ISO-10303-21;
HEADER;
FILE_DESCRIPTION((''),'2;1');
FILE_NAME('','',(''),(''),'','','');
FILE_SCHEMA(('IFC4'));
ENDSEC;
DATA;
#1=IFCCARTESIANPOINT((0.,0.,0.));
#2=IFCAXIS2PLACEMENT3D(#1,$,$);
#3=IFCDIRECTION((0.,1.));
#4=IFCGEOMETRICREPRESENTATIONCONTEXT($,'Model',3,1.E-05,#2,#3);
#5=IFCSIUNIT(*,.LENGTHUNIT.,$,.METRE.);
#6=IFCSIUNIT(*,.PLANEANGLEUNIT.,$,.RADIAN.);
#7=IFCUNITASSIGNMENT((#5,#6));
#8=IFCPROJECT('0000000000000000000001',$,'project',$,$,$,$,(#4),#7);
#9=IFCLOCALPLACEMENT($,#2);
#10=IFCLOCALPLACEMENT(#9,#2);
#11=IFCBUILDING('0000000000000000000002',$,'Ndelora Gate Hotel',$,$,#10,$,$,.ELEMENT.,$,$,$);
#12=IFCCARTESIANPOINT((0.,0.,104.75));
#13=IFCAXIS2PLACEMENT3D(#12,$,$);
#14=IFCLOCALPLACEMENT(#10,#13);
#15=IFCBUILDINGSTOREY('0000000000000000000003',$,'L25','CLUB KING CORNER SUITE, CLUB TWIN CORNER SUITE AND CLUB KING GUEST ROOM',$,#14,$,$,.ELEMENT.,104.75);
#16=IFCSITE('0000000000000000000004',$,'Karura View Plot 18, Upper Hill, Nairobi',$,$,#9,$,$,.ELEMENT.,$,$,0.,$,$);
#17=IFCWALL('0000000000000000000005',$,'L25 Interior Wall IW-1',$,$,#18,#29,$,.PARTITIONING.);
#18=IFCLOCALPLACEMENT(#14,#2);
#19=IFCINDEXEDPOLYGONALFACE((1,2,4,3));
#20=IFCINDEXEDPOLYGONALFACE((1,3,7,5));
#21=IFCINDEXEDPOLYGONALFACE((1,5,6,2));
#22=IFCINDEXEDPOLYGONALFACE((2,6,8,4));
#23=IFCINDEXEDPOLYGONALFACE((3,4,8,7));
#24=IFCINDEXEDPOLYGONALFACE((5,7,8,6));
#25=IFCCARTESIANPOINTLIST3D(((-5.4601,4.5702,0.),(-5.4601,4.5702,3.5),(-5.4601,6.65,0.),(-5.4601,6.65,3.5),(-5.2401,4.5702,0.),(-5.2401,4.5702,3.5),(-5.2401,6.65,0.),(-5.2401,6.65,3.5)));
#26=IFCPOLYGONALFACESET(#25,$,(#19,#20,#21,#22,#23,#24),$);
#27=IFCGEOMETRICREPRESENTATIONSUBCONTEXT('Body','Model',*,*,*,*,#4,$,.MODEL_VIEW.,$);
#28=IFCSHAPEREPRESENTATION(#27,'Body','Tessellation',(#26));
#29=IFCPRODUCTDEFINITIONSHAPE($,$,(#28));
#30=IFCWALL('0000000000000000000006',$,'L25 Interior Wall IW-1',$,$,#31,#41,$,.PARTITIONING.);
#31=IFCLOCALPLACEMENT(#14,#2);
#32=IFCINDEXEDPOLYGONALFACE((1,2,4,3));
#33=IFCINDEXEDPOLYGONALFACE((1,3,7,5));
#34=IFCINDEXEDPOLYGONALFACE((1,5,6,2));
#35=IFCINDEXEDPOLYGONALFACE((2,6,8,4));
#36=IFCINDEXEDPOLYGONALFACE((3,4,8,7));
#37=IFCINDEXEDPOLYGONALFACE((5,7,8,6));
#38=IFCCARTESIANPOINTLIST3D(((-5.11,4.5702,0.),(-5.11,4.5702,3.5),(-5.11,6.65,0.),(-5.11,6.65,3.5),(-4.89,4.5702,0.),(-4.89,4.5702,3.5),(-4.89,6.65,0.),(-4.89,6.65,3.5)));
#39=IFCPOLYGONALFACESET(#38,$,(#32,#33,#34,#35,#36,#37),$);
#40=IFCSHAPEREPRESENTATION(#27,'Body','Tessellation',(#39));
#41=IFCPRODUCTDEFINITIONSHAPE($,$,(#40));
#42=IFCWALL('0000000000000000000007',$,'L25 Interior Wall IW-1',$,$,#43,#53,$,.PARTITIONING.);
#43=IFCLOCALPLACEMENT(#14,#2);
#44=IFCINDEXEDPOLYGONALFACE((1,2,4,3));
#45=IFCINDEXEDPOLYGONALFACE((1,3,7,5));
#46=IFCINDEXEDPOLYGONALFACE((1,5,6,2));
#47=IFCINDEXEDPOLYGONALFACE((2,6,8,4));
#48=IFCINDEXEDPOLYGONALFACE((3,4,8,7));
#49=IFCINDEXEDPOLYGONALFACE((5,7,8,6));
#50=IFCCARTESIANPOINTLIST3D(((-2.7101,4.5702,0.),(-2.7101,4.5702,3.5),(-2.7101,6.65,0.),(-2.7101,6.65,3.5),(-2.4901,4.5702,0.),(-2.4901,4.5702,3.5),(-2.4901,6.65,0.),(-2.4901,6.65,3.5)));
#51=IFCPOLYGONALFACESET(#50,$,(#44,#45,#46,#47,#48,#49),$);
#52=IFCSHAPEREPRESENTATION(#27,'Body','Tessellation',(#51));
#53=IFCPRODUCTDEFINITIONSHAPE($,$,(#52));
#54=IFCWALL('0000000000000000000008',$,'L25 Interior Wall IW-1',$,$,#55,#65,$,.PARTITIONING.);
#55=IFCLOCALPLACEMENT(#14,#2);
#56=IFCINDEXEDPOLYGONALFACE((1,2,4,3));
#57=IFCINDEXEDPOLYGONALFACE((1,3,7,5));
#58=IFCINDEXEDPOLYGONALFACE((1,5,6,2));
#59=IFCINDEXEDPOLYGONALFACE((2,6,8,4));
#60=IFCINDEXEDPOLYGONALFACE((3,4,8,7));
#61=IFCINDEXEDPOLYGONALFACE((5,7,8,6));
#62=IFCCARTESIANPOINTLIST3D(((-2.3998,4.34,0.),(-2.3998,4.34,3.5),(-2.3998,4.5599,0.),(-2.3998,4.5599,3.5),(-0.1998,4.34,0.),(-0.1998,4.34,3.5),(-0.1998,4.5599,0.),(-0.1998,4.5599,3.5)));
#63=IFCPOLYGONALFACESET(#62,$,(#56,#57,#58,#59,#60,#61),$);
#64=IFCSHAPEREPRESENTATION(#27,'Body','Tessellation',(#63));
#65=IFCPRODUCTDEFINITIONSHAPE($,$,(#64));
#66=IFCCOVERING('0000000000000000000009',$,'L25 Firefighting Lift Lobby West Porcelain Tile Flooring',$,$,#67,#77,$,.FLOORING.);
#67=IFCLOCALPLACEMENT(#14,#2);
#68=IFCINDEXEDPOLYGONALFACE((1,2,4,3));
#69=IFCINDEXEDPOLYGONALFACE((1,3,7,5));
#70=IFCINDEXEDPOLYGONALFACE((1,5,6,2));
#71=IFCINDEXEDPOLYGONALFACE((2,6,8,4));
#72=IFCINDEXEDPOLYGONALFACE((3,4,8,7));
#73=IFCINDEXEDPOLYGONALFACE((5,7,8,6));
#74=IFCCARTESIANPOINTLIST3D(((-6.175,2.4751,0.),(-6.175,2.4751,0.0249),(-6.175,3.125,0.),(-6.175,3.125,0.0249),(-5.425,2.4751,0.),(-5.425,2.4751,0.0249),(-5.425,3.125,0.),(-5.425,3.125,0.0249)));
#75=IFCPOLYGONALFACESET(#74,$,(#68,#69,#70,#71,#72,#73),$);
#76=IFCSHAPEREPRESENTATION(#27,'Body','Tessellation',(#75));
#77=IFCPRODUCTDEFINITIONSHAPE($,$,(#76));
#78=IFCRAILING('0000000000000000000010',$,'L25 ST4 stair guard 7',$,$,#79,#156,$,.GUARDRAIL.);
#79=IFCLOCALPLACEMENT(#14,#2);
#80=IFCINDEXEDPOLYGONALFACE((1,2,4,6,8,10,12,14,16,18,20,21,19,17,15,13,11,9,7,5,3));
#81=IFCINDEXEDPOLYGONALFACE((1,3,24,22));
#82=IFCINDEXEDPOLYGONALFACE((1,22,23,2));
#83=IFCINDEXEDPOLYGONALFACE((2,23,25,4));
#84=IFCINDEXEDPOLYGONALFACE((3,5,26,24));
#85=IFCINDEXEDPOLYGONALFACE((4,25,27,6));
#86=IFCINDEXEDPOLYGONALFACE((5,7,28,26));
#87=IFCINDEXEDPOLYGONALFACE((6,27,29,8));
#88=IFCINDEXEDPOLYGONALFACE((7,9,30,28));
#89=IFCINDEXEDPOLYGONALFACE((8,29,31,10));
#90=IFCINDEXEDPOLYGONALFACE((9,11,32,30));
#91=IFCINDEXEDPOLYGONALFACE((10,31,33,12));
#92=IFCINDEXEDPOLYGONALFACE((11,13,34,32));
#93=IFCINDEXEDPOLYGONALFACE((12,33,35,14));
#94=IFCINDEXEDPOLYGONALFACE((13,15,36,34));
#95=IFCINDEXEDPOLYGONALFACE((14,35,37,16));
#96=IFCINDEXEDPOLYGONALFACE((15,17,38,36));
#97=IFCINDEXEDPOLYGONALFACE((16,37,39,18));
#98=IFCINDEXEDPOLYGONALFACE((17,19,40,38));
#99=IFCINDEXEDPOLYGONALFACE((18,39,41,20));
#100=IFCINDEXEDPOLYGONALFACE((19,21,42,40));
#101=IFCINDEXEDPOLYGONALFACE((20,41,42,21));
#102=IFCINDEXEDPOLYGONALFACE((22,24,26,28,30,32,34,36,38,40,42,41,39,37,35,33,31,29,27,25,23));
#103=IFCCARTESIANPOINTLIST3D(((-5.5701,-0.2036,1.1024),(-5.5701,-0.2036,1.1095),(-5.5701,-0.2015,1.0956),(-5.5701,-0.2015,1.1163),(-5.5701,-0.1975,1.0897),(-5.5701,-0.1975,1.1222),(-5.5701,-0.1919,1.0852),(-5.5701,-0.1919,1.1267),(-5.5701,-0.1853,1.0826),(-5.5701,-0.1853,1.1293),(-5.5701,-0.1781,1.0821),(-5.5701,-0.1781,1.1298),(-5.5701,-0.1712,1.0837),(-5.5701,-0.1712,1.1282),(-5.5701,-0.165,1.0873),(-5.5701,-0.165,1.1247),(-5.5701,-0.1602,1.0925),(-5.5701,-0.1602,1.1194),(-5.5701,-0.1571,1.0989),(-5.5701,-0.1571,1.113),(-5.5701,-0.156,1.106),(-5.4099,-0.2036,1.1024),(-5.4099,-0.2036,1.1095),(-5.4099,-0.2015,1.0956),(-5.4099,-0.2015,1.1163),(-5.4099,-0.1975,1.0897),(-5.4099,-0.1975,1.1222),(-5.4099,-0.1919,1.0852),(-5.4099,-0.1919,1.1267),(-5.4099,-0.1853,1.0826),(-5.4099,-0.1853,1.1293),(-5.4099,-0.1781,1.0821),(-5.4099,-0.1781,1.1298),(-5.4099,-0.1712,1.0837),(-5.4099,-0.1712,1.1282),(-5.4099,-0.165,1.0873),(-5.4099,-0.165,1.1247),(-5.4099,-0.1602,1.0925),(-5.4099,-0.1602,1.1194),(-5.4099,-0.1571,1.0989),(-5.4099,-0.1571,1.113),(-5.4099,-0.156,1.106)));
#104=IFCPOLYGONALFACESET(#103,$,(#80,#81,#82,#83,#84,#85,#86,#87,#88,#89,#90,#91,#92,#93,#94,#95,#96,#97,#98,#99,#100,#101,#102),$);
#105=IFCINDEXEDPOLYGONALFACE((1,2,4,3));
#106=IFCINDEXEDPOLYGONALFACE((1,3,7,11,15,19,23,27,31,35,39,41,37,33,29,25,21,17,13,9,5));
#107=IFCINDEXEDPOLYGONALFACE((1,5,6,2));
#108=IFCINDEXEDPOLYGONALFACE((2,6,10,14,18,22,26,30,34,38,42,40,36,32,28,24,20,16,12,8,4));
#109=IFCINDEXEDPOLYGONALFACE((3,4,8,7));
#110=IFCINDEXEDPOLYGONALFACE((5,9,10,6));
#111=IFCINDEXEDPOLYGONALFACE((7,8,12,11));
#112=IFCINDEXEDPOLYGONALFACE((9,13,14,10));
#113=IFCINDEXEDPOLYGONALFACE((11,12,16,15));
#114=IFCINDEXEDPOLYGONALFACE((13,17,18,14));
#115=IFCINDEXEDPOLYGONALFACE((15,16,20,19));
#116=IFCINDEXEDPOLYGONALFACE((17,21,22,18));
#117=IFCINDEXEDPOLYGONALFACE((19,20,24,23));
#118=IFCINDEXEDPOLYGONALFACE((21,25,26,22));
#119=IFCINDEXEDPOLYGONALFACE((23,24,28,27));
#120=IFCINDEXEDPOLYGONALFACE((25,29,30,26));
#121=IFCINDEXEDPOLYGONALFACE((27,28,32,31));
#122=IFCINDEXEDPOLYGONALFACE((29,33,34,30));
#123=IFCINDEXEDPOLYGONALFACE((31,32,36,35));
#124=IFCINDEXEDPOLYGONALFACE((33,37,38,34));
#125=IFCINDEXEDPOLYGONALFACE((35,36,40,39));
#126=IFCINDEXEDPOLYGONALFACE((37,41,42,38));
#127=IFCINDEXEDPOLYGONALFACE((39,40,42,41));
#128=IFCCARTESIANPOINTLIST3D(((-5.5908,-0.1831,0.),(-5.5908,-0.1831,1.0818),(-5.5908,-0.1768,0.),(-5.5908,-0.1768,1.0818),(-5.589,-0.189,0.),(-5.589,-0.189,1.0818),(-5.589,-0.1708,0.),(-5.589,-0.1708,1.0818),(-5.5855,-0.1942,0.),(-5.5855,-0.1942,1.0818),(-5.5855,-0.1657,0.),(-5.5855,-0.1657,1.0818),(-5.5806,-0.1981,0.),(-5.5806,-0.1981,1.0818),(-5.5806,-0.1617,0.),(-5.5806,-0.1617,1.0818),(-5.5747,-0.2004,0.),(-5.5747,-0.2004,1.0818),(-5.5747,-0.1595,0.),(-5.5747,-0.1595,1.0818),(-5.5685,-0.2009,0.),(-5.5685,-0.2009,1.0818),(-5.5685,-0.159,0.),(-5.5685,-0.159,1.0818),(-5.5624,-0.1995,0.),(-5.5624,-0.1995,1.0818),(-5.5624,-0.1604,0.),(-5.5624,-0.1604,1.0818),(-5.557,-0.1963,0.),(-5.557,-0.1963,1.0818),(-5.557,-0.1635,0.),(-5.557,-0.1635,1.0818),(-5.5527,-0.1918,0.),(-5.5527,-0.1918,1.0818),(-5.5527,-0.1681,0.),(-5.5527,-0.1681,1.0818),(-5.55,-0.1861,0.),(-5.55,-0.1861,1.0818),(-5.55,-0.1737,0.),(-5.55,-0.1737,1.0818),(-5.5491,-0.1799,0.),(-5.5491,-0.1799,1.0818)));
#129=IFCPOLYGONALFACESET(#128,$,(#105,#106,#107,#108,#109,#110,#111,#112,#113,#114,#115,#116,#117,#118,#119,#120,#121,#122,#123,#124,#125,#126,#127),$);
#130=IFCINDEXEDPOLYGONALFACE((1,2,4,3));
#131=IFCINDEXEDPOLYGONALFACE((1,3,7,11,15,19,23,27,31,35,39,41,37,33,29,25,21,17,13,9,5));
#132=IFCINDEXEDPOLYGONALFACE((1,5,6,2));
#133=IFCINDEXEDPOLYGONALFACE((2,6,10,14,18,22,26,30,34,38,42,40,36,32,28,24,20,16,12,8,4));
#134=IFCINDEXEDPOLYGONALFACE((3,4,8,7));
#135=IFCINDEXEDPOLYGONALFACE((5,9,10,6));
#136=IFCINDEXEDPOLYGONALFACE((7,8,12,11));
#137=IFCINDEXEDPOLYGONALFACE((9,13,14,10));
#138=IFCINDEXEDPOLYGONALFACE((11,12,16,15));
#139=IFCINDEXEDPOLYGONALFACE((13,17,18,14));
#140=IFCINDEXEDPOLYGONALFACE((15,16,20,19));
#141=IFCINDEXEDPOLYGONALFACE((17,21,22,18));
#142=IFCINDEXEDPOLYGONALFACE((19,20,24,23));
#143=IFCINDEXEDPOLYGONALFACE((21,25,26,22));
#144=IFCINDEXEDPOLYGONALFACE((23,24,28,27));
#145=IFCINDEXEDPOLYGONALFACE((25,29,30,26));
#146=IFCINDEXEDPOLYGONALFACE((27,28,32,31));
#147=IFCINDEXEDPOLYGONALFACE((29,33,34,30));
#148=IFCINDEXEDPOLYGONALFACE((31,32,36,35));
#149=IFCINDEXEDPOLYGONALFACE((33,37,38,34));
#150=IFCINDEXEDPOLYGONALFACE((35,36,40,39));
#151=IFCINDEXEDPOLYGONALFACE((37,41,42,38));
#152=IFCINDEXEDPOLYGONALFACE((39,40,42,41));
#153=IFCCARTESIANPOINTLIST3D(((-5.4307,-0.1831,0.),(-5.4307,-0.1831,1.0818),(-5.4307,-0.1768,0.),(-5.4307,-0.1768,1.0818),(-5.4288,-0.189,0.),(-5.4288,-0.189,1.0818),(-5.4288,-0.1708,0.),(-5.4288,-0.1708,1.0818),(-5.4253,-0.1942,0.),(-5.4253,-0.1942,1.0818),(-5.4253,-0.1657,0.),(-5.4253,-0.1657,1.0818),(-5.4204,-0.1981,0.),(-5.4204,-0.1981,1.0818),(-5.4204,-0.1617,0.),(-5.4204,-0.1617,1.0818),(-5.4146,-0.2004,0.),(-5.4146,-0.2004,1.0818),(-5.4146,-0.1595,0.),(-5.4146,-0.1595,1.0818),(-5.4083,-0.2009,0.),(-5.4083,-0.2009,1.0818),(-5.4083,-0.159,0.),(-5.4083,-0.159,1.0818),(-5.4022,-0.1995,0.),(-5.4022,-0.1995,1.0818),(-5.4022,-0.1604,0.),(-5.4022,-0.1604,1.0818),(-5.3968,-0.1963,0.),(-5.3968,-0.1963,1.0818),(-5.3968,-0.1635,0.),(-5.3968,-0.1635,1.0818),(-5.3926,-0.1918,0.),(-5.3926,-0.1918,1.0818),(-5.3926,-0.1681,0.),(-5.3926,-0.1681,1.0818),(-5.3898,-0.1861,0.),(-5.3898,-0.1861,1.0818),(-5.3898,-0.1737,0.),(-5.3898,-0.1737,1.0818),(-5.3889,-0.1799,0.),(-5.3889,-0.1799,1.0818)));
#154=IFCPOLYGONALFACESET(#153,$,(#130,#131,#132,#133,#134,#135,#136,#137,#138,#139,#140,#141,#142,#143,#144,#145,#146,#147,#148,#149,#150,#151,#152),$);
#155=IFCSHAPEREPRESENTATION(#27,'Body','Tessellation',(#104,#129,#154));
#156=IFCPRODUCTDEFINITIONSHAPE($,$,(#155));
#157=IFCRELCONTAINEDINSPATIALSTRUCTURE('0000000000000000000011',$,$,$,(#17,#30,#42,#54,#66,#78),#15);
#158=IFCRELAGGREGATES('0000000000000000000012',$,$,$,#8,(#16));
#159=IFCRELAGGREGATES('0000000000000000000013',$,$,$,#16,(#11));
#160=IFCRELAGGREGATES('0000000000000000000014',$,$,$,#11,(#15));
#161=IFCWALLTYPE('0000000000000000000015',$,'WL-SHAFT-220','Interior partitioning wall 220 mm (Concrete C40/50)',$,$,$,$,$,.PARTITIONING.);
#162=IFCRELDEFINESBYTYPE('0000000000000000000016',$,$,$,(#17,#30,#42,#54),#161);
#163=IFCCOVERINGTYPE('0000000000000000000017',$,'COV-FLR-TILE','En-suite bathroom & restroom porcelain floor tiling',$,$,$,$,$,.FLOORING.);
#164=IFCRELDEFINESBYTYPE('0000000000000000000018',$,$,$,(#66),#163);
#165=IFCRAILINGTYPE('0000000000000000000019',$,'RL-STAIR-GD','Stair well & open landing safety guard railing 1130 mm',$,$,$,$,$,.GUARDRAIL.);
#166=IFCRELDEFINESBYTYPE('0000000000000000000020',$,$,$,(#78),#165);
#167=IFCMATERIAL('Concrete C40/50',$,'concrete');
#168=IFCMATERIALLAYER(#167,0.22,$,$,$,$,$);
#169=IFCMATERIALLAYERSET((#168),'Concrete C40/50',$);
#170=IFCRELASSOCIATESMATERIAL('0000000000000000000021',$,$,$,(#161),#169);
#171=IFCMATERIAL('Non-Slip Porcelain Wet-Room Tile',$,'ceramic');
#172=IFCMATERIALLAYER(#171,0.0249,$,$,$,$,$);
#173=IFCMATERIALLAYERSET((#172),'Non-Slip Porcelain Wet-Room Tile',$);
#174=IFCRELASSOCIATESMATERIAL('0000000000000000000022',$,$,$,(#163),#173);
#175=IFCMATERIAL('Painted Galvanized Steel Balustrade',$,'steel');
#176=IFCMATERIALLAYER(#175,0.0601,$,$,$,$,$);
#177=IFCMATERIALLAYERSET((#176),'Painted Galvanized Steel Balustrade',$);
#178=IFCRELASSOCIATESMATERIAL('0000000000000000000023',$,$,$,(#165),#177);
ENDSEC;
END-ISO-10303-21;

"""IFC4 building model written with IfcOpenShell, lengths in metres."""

from ifc_helpers import new_model, si_unit, direction, frame, frame_2d, origin, origin_2d, place, context, subcontext, project, spatial, rectangle, circle, extrude, material, layer, layer_set, type_object, element, save


model = new_model("IFC4")

# Units and contexts
model_context = context("Model", 3, precision=1e-05, world=origin(), true_north=direction((0.0, 1.0)))
body_context = subcontext(model_context, "Body", "Model", "MODEL_VIEW")
ifc_project = project(units=[si_unit("LENGTHUNIT", "METRE"), si_unit("PLANEANGLEUNIT", "RADIAN")], contexts=[model_context])

# Site, building, storey
site_placement = place(None, origin())
site = spatial("IfcSite", under=ifc_project, at=site_placement, Name="Karura View Plot 18, Upper Hill, Nairobi", CompositionType="ELEMENT", RefElevation=0.0)
building_placement = place(site_placement, origin())
building = spatial("IfcBuilding", under=site, at=building_placement, Name="Ndelora Gate Hotel", CompositionType="ELEMENT")
storey_placement = place(building_placement, frame((0.0, 0.0, 104.75)))
storey = spatial("IfcBuildingStorey", under=building, at=storey_placement, Name="L25", Description="CLUB KING CORNER SUITE, CLUB TWIN CORNER SUITE AND CLUB KING GUEST ROOM", CompositionType="ELEMENT", Elevation=104.75)

# Shared definitions
ifc_material_1 = material(Name="Concrete C40/50", Category="concrete")
ifc_layer_1 = layer(ifc_material_1, 0.22)
ifc_layer_set_1 = layer_set([ifc_layer_1], Name="Concrete C40/50")
wall_type_1 = type_object("IfcWallType", Name="WL-SHAFT-220", Description="Interior partitioning wall 220 mm (Concrete C40/50)", PredefinedType="PARTITIONING", material=ifc_layer_set_1)

# Wall
wall_1_placement = place(storey_placement, frame((-5.3501, 4.5701, 0.0), z_axis=(0.0, 0.0, 1.0), x_axis=(0.0, 1.0, 0.0)))
element("IfcWall", 1, at=wall_1_placement, inside=storey, type_object=wall_type_1, Name="L25 Interior Wall IW-1", PredefinedType="PARTITIONING", context=body_context, shape_type="SweptSolid", body=[
    extrude(rectangle(XDim=2.0798, YDim=0.22, at=frame_2d((1.04, 0.0))), origin(), (0.0, 0.0, 1.0), 3.5),
])

# Walls
for number, where, z_axis, x_axis, name in (
    (2, (-5.0, 4.5701, 0.0), (0.0, 0.0, 1.0), (0.0, 1.0, 0.0), "L25 Interior Wall IW-1"),
    (3, (-2.6001, 4.5701, 0.0), (0.0, 0.0, 1.0), (0.0, 1.0, 0.0), "L25 Interior Wall IW-1"),
):
    element("IfcWall", number, at=place(storey_placement, frame(where, z_axis=z_axis, x_axis=x_axis)), inside=storey, type_object=wall_type_1, Name=name, PredefinedType="PARTITIONING", context=body_context, shape_type="SweptSolid", body=[
        extrude(rectangle(XDim=2.0798, YDim=0.22, at=frame_2d((1.04, 0.0))), origin(), (0.0, 0.0, 1.0), 3.5),
    ])
wall_2_placement = place(storey_placement, frame((-2.3999, 4.45, 0.0), z_axis=(0.0, 0.0, 1.0), x_axis=(1.0, 0.0, 0.0)))
element("IfcWall", 4, at=wall_2_placement, inside=storey, type_object=wall_type_1, Name="L25 Interior Wall IW-1", PredefinedType="PARTITIONING", context=body_context, shape_type="SweptSolid", body=[
    extrude(rectangle(XDim=2.2, YDim=0.22, at=frame_2d((1.1001, 0.0))), origin(), (0.0, 0.0, 1.0), 3.5),
])

# Covering
ifc_material_2 = material(Name="Non-Slip Porcelain Wet-Room Tile", Category="ceramic")
ifc_layer_2 = layer(ifc_material_2, 0.0249)
ifc_layer_set_2 = layer_set([ifc_layer_2], Name="Non-Slip Porcelain Wet-Room Tile")
covering_type = type_object("IfcCoveringType", Name="COV-FLR-TILE", Description="En-suite bathroom & restroom porcelain floor tiling", PredefinedType="FLOORING", material=ifc_layer_set_2)
covering_placement = place(storey_placement, frame((-5.8, 2.8, 0.0), z_axis=(0.0, 0.0, 1.0), x_axis=(1.0, 0.0, 0.0)))
element("IfcCovering", 5, at=covering_placement, inside=storey, type_object=covering_type, Name="L25 Firefighting Lift Lobby West Porcelain Tile Flooring", PredefinedType="FLOORING", context=body_context, shape_type="SweptSolid", body=[
    extrude(rectangle(XDim=0.75, YDim=0.6499, at=origin_2d()), origin(), (0.0, 0.0, 1.0), 0.0249),
])

# Railing
ifc_material_3 = material(Name="Painted Galvanized Steel Balustrade", Category="steel")
ifc_layer_3 = layer(ifc_material_3, 0.0601)
ifc_layer_set_3 = layer_set([ifc_layer_3], Name="Painted Galvanized Steel Balustrade")
railing_type = type_object("IfcRailingType", Name="RL-STAIR-GD", Description="Stair well & open landing safety guard railing 1130 mm", PredefinedType="GUARDRAIL", material=ifc_layer_set_3)
railing_placement = place(storey_placement, frame((-5.5701, -0.1799, 0.0)))
element("IfcRailing", 6, at=railing_placement, inside=storey, type_object=railing_type, Name="L25 ST4 stair guard 7", PredefinedType="GUARDRAIL", context=body_context, shape_type="SweptSolid", body=[
    extrude(circle(Radius=0.0239, at=origin_2d()), frame((0.0, 0.0, 1.106), z_axis=(1.0, 0.0, 0.0), x_axis=(0.0, 1.0, 0.0)), (0.0, 0.0, 1.0), 0.1602),
    extrude(circle(Radius=0.021, at=origin_2d()), origin(), (0.0, 0.0, 1.0), 1.0818),
    extrude(circle(Radius=0.021, at=origin_2d()), frame((0.1602, 0.0, 0.0)), (0.0, 0.0, 1.0), 1.0818),
])

save(model, "model.ifc")
